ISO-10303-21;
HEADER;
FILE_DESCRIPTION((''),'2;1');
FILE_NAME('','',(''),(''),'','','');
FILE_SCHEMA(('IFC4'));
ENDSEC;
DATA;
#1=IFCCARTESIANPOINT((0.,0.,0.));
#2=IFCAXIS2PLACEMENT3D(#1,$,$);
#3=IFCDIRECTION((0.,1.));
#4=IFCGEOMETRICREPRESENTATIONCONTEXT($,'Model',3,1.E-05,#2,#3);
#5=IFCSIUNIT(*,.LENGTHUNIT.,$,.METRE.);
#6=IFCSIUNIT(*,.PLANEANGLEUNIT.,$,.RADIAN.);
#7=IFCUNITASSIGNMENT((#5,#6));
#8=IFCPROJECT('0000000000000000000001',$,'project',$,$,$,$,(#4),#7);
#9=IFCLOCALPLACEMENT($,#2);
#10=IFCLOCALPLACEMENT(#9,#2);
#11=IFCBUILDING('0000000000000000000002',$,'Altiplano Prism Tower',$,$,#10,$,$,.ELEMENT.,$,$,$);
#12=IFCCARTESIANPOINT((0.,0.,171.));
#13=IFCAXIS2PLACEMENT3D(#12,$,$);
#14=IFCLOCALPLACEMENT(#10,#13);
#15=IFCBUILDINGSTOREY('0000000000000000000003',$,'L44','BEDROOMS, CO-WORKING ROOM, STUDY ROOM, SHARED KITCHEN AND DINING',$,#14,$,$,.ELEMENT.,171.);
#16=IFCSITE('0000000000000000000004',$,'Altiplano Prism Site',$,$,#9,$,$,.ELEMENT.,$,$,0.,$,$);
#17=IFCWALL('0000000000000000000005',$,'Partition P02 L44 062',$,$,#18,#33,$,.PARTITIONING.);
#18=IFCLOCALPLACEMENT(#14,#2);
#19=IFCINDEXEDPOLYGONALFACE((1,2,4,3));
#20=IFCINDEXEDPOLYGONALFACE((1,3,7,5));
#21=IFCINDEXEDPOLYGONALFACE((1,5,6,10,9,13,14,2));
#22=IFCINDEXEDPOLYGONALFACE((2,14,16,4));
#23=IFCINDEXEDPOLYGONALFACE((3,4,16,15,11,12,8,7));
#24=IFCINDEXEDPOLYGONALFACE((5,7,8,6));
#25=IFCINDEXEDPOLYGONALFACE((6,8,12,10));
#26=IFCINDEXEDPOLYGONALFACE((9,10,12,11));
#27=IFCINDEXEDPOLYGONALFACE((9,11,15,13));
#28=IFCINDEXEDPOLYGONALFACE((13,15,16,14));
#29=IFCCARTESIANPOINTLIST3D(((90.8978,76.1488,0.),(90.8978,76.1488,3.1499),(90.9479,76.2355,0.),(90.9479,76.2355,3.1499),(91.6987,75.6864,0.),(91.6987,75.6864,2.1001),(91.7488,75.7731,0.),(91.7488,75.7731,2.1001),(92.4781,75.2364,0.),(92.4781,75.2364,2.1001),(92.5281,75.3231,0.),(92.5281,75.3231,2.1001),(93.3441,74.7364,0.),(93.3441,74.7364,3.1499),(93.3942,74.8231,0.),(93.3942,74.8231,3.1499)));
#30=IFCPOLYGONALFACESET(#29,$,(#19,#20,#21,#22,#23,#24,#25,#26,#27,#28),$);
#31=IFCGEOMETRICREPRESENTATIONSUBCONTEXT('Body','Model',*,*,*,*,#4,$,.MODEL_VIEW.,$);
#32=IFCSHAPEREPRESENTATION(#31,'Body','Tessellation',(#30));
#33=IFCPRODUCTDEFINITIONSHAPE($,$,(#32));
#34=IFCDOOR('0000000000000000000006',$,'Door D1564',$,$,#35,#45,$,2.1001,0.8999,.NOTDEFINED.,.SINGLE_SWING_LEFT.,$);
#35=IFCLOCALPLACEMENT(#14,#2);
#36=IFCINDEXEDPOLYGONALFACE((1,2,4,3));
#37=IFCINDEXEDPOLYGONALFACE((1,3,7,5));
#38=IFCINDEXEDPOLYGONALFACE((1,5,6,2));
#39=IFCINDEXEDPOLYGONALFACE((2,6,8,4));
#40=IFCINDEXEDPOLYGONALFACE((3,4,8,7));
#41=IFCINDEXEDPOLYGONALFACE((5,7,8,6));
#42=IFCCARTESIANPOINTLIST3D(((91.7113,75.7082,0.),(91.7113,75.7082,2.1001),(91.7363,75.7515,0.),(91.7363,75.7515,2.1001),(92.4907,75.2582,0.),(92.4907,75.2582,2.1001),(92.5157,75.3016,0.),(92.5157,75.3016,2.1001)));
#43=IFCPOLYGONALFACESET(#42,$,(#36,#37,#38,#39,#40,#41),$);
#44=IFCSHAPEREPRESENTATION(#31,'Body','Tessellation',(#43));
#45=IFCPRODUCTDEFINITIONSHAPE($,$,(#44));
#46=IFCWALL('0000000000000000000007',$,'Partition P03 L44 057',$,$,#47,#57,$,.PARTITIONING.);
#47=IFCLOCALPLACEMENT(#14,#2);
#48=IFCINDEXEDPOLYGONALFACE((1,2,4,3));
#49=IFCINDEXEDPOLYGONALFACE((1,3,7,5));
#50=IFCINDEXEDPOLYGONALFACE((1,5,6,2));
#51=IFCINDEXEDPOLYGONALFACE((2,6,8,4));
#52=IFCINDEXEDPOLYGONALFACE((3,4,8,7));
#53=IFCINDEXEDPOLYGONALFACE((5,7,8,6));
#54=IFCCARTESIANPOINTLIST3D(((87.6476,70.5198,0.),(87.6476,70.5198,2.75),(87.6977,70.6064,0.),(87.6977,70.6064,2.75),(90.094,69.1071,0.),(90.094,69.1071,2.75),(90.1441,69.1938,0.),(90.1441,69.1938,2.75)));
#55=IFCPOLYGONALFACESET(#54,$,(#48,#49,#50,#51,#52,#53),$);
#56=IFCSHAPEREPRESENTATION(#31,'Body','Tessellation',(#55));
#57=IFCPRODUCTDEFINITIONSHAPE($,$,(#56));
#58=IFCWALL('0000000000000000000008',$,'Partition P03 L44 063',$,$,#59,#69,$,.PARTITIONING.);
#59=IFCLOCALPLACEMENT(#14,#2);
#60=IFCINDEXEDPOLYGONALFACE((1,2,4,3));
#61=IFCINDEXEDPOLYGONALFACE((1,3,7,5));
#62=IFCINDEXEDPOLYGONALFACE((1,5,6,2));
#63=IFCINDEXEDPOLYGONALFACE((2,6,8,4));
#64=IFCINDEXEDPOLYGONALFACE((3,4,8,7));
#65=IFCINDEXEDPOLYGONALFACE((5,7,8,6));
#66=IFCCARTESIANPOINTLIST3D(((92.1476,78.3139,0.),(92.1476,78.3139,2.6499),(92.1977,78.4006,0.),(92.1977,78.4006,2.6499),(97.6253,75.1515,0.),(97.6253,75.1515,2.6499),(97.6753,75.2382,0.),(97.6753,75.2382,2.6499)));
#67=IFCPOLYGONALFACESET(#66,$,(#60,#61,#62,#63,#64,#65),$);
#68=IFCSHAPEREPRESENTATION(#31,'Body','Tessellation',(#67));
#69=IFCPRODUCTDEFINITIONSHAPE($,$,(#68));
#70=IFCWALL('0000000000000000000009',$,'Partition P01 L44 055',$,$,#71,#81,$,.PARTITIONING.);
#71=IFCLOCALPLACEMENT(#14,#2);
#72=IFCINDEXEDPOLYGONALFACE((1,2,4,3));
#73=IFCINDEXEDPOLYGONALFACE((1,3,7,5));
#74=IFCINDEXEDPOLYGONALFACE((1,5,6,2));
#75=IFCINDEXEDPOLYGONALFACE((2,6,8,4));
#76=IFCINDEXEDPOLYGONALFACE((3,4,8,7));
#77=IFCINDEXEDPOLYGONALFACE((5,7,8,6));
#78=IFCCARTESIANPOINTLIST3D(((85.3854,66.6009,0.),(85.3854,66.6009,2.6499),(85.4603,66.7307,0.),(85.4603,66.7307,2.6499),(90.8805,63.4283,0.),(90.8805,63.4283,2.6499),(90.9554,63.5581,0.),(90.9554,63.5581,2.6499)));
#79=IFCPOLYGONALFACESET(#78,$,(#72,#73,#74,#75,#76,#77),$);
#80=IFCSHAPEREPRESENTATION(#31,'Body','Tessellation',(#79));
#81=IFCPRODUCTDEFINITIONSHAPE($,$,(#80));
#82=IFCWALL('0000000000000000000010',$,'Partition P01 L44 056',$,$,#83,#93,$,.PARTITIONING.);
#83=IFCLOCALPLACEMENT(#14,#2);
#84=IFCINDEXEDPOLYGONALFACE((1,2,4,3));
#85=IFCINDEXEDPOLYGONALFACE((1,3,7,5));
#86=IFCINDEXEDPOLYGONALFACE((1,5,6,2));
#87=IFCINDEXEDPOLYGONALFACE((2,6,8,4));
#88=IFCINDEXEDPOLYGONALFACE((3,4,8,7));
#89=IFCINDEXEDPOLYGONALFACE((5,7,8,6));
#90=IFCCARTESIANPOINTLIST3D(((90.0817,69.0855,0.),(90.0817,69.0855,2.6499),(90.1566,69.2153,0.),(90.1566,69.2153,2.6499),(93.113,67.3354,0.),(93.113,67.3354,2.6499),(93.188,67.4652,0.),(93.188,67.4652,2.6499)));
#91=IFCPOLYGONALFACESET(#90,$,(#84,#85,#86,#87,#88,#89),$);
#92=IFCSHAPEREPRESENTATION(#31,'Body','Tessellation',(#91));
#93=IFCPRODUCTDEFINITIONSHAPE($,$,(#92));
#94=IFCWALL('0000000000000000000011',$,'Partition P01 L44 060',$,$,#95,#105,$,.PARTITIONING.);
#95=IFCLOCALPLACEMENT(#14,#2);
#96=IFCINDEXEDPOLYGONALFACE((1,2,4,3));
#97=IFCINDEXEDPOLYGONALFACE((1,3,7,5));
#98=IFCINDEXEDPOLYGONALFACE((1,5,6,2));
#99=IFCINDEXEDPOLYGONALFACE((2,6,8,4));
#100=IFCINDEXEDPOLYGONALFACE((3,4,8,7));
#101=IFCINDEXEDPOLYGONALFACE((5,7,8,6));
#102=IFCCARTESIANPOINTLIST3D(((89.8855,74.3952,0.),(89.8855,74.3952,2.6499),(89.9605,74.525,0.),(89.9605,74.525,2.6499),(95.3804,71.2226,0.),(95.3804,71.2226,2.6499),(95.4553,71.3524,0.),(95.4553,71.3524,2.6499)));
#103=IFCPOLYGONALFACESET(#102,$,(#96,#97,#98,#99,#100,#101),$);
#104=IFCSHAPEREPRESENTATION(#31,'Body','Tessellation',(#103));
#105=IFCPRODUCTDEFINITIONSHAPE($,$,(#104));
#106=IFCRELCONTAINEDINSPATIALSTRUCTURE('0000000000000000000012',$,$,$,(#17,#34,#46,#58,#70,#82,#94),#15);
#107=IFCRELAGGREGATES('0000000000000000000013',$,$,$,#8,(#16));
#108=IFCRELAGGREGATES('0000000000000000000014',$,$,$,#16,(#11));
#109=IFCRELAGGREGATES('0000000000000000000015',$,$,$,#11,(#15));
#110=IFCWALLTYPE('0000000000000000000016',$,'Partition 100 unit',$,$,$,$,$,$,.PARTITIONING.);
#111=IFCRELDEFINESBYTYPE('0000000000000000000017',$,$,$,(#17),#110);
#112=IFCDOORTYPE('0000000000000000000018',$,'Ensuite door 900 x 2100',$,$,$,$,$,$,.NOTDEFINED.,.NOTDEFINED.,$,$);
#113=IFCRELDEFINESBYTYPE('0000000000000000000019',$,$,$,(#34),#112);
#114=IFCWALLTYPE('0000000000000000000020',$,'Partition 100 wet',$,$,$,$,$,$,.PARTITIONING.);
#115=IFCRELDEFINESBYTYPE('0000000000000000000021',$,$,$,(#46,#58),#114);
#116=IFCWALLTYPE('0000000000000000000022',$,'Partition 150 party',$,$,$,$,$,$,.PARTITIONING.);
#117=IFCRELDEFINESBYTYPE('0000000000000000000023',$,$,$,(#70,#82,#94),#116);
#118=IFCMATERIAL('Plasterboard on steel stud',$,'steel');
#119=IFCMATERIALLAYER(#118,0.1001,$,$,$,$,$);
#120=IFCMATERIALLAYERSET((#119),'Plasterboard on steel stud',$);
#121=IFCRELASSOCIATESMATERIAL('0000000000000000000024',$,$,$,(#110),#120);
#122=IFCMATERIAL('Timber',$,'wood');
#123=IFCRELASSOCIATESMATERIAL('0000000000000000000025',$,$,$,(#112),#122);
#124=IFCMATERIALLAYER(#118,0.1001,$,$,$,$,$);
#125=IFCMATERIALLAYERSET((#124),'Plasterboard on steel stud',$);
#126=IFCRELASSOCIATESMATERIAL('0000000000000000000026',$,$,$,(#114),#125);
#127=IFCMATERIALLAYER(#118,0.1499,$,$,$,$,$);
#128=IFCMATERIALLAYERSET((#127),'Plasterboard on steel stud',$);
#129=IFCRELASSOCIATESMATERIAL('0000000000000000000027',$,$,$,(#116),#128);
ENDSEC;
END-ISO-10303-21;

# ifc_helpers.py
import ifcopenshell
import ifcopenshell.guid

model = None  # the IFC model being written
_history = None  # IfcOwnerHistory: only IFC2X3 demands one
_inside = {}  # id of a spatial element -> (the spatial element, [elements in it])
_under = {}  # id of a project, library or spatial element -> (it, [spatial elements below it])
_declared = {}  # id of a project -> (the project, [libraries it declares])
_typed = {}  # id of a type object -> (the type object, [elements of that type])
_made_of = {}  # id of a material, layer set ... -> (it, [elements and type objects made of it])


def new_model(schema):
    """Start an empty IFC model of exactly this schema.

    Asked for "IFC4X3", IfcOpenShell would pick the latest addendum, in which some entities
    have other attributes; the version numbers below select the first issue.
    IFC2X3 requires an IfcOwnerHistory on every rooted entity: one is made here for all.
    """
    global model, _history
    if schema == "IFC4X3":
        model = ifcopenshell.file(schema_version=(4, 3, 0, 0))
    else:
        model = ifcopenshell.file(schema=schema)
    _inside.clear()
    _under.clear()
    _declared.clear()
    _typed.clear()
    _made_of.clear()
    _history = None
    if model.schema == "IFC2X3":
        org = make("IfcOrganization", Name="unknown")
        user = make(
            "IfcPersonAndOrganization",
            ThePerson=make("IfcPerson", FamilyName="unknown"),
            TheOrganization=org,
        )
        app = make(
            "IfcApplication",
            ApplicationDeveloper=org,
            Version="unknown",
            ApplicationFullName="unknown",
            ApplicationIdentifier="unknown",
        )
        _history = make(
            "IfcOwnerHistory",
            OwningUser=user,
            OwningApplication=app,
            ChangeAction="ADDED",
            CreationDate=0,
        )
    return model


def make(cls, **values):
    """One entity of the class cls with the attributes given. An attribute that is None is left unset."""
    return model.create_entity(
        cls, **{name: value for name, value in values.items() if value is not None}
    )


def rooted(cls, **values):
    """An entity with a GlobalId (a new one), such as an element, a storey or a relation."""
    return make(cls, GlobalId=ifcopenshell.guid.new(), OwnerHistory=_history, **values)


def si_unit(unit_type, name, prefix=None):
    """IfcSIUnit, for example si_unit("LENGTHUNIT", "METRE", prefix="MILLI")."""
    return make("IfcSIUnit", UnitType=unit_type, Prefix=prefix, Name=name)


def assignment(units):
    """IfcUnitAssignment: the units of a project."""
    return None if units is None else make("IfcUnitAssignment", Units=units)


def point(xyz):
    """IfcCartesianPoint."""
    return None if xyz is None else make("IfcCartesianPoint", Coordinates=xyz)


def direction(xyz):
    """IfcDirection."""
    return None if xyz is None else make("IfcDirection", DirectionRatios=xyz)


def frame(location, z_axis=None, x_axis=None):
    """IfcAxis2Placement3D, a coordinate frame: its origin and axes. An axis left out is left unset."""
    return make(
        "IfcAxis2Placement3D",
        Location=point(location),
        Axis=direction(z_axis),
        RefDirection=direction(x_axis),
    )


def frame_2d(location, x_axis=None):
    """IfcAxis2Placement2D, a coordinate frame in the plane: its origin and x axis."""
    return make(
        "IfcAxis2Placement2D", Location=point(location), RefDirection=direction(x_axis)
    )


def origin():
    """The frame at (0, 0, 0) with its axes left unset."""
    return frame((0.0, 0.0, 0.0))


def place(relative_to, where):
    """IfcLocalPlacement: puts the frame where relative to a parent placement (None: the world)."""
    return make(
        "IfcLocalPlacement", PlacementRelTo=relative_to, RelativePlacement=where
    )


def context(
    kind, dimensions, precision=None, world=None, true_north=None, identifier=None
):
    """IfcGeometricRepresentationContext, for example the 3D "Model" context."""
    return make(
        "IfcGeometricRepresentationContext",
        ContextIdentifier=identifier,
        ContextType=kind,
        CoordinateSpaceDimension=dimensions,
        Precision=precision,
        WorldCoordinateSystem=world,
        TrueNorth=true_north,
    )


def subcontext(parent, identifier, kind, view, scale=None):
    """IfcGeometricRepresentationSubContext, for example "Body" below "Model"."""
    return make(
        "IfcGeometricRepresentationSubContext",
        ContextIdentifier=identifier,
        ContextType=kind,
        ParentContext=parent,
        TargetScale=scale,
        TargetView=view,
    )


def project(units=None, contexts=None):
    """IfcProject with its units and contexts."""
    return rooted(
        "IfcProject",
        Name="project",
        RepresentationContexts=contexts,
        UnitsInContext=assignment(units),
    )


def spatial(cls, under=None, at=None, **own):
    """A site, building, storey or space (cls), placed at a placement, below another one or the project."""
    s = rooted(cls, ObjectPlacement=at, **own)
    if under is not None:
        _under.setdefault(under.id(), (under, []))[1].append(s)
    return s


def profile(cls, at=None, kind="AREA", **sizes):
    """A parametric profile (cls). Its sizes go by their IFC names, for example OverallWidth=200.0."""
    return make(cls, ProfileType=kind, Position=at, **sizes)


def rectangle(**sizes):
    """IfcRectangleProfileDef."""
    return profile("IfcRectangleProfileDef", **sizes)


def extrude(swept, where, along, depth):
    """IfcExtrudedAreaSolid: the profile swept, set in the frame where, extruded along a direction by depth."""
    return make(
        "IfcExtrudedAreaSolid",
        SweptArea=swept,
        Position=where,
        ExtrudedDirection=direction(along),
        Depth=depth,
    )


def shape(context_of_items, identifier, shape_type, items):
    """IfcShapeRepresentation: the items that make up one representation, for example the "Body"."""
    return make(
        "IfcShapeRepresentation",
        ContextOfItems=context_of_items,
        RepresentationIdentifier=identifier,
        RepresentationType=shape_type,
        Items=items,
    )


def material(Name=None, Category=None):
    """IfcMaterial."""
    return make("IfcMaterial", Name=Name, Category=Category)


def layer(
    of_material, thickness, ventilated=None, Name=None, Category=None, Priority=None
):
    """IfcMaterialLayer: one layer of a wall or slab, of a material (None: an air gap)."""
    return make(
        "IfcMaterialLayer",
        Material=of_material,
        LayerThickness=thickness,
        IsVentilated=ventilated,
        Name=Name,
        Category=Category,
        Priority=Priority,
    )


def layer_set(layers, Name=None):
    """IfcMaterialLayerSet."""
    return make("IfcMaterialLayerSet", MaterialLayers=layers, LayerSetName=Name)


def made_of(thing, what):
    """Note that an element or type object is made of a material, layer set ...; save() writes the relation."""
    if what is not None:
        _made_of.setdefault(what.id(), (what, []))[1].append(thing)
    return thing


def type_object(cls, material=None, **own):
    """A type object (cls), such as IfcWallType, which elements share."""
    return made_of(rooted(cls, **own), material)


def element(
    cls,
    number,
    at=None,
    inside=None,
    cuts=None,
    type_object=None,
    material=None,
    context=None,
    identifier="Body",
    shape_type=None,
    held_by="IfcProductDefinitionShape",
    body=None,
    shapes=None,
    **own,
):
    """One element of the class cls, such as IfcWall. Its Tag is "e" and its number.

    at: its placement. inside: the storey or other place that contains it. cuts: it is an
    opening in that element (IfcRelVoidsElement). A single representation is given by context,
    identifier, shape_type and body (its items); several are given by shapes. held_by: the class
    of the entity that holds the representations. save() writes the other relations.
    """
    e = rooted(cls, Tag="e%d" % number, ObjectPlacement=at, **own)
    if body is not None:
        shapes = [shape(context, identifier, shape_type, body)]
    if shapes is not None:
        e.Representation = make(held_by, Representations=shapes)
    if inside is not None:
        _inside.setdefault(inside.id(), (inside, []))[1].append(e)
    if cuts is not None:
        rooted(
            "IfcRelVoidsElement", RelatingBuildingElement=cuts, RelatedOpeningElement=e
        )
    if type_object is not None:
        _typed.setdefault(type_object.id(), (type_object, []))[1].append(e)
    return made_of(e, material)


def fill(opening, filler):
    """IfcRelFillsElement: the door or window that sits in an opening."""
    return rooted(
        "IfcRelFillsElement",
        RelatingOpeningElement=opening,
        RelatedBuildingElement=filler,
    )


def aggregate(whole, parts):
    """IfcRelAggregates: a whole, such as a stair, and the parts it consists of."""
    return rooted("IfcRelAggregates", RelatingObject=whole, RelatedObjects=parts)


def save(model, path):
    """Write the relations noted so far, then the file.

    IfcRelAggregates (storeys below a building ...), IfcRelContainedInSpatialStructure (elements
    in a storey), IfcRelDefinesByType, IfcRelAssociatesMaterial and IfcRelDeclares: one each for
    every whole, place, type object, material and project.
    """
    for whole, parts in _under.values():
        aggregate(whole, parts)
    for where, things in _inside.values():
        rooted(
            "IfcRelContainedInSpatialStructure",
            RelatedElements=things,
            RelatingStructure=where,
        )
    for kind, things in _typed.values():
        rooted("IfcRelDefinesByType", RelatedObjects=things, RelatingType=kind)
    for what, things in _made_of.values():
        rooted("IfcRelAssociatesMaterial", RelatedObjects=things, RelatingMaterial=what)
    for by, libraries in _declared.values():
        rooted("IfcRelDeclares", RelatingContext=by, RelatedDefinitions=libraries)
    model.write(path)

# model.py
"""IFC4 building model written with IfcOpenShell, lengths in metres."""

from ifc_helpers import new_model, si_unit, direction, frame, frame_2d, origin, place, context, subcontext, project, spatial, rectangle, extrude, material, layer, layer_set, type_object, element, fill, save


model = new_model("IFC4")

# Units and contexts
model_context = context("Model", 3, precision=1e-05, world=origin(), true_north=direction((0.0, 1.0)))
body_context = subcontext(model_context, "Body", "Model", "MODEL_VIEW")
ifc_project = project(units=[si_unit("LENGTHUNIT", "METRE"), si_unit("PLANEANGLEUNIT", "RADIAN")], contexts=[model_context])

# Site, building, storey
site_placement = place(None, origin())
site = spatial("IfcSite", under=ifc_project, at=site_placement, Name="Altiplano Prism Site", CompositionType="ELEMENT", RefElevation=0.0)
building_placement = place(site_placement, origin())
building = spatial("IfcBuilding", under=site, at=building_placement, Name="Altiplano Prism Tower", CompositionType="ELEMENT")
storey_placement = place(building_placement, frame((0.0, 0.0, 171.0)))
storey = spatial("IfcBuildingStorey", under=building, at=storey_placement, Name="L44", Description="BEDROOMS, CO-WORKING ROOM, STUDY ROOM, SHARED KITCHEN AND DINING", CompositionType="ELEMENT", Elevation=171.0)

# Shared definitions
ifc_material_1 = material(Name="Plasterboard on steel stud", Category="steel")
ifc_layer_1 = layer(ifc_material_1, 0.1001)
ifc_layer_set_1 = layer_set([ifc_layer_1], Name="Plasterboard on steel stud")
wall_type_1 = type_object("IfcWallType", Name="Partition 100 unit", PredefinedType="PARTITIONING", material=ifc_layer_set_1)
ifc_material_2 = material(Name="Timber", Category="wood")
door_type = type_object("IfcDoorType", Name="Ensuite door 900 x 2100", OperationType="NOTDEFINED", PredefinedType="NOTDEFINED", material=ifc_material_2)

# Wall, opening, door
wall_1_placement = place(storey_placement, frame((93.3691, 74.7798, 0.0), z_axis=(0.0, 0.0, 1.0), x_axis=(-0.866027, 0.499997, 0.0)))
wall_1 = element("IfcWall", 1, at=wall_1_placement, inside=storey, type_object=wall_type_1, Name="Partition P02 L44 062", PredefinedType="PARTITIONING", context=body_context, shape_type="SweptSolid", body=[
    extrude(rectangle(XDim=2.8247, YDim=0.1001, at=frame_2d((1.4124, 0.0))), origin(), (0.0, 0.0, 1.0), 3.1499),
])
opening_1_placement = place(wall_1_placement, frame((1.0, 0.0, 0.0)))
opening_1 = element("IfcOpeningElement", 2, at=opening_1_placement, cuts=wall_1, PredefinedType="OPENING", context=body_context, shape_type="SweptSolid", body=[
    extrude(rectangle(XDim=0.8999, YDim=2.1001, at=frame_2d((0.45, 1.05))), frame((0.0, 0.0605, 0.0), z_axis=(0.0, -1.0, 0.0), x_axis=(1.0, 0.0, 0.0)), (0.0, 0.0, 1.0), 0.1211),
])
door_1_placement = place(opening_1_placement, origin())
door_1 = element("IfcDoor", 3, at=door_1_placement, inside=storey, type_object=door_type, Name="Door D1564", OperationType="SINGLE_SWING_LEFT", OverallHeight=2.1001, OverallWidth=0.8999, PredefinedType="NOTDEFINED", context=body_context, shape_type="SweptSolid", body=[
    extrude(rectangle(XDim=0.8999, YDim=2.1001, at=frame_2d((0.45, 1.05))), frame((0.0, 0.0249, 0.0), z_axis=(0.0, -1.0, 0.0), x_axis=(1.0, 0.0, 0.0)), (0.0, 0.0, 1.0), 0.05),
])
fill(opening_1, door_1)

# Walls
ifc_layer_2 = layer(ifc_material_1, 0.1001)
ifc_layer_set_2 = layer_set([ifc_layer_2], Name="Plasterboard on steel stud")
wall_type_2 = type_object("IfcWallType", Name="Partition 100 wet", PredefinedType="PARTITIONING", material=ifc_layer_set_2)
wall_2_placement = place(storey_placement, frame((90.1191, 69.1504, 0.0), z_axis=(0.0, 0.0, 1.0), x_axis=(-0.86599, 0.500062, 0.0)))
element("IfcWall", 4, at=wall_2_placement, inside=storey, type_object=wall_type_2, Name="Partition P03 L44 057", PredefinedType="PARTITIONING", context=body_context, shape_type="SweptSolid", body=[
    extrude(rectangle(XDim=2.825, YDim=0.1001, at=frame_2d((1.4126, 0.0))), origin(), (0.0, 0.0, 1.0), 2.75),
])
wall_3_placement = place(storey_placement, frame((97.6504, 75.1948, 0.0), z_axis=(0.0, 0.0, 1.0), x_axis=(-0.866033, 0.499988, 0.0)))
element("IfcWall", 5, at=wall_3_placement, inside=storey, type_object=wall_type_2, Name="Partition P03 L44 063", PredefinedType="PARTITIONING", context=body_context, shape_type="SweptSolid", body=[
    extrude(rectangle(XDim=6.325, YDim=0.1001, at=frame_2d((3.1626, 0.0))), origin(), (0.0, 0.0, 1.0), 2.6499),
])
ifc_layer_3 = layer(ifc_material_1, 0.1499)
ifc_layer_set_3 = layer_set([ifc_layer_3], Name="Plasterboard on steel stud")
wall_type_3 = type_object("IfcWallType", Name="Partition 150 party", PredefinedType="PARTITIONING", material=ifc_layer_set_3)
wall_4_placement = place(storey_placement, frame((90.918, 63.4932, 0.0), z_axis=(0.0, 0.0, 1.0), x_axis=(-0.866025, 0.5, 0.0)))
element("IfcWall", 6, at=wall_4_placement, inside=storey, type_object=wall_type_3, Name="Partition P01 L44 055", PredefinedType="PARTITIONING", context=body_context, shape_type="SweptSolid", body=[
    extrude(rectangle(XDim=6.3452, YDim=0.1499, at=frame_2d((3.1726, 0.0))), origin(), (0.0, 0.0, 1.0), 2.6499),
])
wall_5_placement = place(storey_placement, frame((93.1504, 67.4004, 0.0), z_axis=(0.0, 0.0, 1.0), x_axis=(-0.866037, 0.49998, 0.0)))
element("IfcWall", 7, at=wall_5_placement, inside=storey, type_object=wall_type_3, Name="Partition P01 L44 056", PredefinedType="PARTITIONING", context=body_context, shape_type="SweptSolid", body=[
    extrude(rectangle(XDim=3.5002, YDim=0.1499, at=frame_2d((1.75, 0.0))), origin(), (0.0, 0.0, 1.0), 2.6499),
])
wall_6_placement = place(storey_placement, frame((95.4177, 71.2876, 0.0), z_axis=(0.0, 0.0, 1.0), x_axis=(-0.866016, 0.500017, 0.0)))
element("IfcWall", 8, at=wall_6_placement, inside=storey, type_object=wall_type_3, Name="Partition P01 L44 060", PredefinedType="PARTITIONING", context=body_context, shape_type="SweptSolid", body=[
    extrude(rectangle(XDim=6.345, YDim=0.1499, at=frame_2d((3.1724, 0.0))), origin(), (0.0, 0.0, 1.0), 2.6499),
])

save(model, "model.ifc")
